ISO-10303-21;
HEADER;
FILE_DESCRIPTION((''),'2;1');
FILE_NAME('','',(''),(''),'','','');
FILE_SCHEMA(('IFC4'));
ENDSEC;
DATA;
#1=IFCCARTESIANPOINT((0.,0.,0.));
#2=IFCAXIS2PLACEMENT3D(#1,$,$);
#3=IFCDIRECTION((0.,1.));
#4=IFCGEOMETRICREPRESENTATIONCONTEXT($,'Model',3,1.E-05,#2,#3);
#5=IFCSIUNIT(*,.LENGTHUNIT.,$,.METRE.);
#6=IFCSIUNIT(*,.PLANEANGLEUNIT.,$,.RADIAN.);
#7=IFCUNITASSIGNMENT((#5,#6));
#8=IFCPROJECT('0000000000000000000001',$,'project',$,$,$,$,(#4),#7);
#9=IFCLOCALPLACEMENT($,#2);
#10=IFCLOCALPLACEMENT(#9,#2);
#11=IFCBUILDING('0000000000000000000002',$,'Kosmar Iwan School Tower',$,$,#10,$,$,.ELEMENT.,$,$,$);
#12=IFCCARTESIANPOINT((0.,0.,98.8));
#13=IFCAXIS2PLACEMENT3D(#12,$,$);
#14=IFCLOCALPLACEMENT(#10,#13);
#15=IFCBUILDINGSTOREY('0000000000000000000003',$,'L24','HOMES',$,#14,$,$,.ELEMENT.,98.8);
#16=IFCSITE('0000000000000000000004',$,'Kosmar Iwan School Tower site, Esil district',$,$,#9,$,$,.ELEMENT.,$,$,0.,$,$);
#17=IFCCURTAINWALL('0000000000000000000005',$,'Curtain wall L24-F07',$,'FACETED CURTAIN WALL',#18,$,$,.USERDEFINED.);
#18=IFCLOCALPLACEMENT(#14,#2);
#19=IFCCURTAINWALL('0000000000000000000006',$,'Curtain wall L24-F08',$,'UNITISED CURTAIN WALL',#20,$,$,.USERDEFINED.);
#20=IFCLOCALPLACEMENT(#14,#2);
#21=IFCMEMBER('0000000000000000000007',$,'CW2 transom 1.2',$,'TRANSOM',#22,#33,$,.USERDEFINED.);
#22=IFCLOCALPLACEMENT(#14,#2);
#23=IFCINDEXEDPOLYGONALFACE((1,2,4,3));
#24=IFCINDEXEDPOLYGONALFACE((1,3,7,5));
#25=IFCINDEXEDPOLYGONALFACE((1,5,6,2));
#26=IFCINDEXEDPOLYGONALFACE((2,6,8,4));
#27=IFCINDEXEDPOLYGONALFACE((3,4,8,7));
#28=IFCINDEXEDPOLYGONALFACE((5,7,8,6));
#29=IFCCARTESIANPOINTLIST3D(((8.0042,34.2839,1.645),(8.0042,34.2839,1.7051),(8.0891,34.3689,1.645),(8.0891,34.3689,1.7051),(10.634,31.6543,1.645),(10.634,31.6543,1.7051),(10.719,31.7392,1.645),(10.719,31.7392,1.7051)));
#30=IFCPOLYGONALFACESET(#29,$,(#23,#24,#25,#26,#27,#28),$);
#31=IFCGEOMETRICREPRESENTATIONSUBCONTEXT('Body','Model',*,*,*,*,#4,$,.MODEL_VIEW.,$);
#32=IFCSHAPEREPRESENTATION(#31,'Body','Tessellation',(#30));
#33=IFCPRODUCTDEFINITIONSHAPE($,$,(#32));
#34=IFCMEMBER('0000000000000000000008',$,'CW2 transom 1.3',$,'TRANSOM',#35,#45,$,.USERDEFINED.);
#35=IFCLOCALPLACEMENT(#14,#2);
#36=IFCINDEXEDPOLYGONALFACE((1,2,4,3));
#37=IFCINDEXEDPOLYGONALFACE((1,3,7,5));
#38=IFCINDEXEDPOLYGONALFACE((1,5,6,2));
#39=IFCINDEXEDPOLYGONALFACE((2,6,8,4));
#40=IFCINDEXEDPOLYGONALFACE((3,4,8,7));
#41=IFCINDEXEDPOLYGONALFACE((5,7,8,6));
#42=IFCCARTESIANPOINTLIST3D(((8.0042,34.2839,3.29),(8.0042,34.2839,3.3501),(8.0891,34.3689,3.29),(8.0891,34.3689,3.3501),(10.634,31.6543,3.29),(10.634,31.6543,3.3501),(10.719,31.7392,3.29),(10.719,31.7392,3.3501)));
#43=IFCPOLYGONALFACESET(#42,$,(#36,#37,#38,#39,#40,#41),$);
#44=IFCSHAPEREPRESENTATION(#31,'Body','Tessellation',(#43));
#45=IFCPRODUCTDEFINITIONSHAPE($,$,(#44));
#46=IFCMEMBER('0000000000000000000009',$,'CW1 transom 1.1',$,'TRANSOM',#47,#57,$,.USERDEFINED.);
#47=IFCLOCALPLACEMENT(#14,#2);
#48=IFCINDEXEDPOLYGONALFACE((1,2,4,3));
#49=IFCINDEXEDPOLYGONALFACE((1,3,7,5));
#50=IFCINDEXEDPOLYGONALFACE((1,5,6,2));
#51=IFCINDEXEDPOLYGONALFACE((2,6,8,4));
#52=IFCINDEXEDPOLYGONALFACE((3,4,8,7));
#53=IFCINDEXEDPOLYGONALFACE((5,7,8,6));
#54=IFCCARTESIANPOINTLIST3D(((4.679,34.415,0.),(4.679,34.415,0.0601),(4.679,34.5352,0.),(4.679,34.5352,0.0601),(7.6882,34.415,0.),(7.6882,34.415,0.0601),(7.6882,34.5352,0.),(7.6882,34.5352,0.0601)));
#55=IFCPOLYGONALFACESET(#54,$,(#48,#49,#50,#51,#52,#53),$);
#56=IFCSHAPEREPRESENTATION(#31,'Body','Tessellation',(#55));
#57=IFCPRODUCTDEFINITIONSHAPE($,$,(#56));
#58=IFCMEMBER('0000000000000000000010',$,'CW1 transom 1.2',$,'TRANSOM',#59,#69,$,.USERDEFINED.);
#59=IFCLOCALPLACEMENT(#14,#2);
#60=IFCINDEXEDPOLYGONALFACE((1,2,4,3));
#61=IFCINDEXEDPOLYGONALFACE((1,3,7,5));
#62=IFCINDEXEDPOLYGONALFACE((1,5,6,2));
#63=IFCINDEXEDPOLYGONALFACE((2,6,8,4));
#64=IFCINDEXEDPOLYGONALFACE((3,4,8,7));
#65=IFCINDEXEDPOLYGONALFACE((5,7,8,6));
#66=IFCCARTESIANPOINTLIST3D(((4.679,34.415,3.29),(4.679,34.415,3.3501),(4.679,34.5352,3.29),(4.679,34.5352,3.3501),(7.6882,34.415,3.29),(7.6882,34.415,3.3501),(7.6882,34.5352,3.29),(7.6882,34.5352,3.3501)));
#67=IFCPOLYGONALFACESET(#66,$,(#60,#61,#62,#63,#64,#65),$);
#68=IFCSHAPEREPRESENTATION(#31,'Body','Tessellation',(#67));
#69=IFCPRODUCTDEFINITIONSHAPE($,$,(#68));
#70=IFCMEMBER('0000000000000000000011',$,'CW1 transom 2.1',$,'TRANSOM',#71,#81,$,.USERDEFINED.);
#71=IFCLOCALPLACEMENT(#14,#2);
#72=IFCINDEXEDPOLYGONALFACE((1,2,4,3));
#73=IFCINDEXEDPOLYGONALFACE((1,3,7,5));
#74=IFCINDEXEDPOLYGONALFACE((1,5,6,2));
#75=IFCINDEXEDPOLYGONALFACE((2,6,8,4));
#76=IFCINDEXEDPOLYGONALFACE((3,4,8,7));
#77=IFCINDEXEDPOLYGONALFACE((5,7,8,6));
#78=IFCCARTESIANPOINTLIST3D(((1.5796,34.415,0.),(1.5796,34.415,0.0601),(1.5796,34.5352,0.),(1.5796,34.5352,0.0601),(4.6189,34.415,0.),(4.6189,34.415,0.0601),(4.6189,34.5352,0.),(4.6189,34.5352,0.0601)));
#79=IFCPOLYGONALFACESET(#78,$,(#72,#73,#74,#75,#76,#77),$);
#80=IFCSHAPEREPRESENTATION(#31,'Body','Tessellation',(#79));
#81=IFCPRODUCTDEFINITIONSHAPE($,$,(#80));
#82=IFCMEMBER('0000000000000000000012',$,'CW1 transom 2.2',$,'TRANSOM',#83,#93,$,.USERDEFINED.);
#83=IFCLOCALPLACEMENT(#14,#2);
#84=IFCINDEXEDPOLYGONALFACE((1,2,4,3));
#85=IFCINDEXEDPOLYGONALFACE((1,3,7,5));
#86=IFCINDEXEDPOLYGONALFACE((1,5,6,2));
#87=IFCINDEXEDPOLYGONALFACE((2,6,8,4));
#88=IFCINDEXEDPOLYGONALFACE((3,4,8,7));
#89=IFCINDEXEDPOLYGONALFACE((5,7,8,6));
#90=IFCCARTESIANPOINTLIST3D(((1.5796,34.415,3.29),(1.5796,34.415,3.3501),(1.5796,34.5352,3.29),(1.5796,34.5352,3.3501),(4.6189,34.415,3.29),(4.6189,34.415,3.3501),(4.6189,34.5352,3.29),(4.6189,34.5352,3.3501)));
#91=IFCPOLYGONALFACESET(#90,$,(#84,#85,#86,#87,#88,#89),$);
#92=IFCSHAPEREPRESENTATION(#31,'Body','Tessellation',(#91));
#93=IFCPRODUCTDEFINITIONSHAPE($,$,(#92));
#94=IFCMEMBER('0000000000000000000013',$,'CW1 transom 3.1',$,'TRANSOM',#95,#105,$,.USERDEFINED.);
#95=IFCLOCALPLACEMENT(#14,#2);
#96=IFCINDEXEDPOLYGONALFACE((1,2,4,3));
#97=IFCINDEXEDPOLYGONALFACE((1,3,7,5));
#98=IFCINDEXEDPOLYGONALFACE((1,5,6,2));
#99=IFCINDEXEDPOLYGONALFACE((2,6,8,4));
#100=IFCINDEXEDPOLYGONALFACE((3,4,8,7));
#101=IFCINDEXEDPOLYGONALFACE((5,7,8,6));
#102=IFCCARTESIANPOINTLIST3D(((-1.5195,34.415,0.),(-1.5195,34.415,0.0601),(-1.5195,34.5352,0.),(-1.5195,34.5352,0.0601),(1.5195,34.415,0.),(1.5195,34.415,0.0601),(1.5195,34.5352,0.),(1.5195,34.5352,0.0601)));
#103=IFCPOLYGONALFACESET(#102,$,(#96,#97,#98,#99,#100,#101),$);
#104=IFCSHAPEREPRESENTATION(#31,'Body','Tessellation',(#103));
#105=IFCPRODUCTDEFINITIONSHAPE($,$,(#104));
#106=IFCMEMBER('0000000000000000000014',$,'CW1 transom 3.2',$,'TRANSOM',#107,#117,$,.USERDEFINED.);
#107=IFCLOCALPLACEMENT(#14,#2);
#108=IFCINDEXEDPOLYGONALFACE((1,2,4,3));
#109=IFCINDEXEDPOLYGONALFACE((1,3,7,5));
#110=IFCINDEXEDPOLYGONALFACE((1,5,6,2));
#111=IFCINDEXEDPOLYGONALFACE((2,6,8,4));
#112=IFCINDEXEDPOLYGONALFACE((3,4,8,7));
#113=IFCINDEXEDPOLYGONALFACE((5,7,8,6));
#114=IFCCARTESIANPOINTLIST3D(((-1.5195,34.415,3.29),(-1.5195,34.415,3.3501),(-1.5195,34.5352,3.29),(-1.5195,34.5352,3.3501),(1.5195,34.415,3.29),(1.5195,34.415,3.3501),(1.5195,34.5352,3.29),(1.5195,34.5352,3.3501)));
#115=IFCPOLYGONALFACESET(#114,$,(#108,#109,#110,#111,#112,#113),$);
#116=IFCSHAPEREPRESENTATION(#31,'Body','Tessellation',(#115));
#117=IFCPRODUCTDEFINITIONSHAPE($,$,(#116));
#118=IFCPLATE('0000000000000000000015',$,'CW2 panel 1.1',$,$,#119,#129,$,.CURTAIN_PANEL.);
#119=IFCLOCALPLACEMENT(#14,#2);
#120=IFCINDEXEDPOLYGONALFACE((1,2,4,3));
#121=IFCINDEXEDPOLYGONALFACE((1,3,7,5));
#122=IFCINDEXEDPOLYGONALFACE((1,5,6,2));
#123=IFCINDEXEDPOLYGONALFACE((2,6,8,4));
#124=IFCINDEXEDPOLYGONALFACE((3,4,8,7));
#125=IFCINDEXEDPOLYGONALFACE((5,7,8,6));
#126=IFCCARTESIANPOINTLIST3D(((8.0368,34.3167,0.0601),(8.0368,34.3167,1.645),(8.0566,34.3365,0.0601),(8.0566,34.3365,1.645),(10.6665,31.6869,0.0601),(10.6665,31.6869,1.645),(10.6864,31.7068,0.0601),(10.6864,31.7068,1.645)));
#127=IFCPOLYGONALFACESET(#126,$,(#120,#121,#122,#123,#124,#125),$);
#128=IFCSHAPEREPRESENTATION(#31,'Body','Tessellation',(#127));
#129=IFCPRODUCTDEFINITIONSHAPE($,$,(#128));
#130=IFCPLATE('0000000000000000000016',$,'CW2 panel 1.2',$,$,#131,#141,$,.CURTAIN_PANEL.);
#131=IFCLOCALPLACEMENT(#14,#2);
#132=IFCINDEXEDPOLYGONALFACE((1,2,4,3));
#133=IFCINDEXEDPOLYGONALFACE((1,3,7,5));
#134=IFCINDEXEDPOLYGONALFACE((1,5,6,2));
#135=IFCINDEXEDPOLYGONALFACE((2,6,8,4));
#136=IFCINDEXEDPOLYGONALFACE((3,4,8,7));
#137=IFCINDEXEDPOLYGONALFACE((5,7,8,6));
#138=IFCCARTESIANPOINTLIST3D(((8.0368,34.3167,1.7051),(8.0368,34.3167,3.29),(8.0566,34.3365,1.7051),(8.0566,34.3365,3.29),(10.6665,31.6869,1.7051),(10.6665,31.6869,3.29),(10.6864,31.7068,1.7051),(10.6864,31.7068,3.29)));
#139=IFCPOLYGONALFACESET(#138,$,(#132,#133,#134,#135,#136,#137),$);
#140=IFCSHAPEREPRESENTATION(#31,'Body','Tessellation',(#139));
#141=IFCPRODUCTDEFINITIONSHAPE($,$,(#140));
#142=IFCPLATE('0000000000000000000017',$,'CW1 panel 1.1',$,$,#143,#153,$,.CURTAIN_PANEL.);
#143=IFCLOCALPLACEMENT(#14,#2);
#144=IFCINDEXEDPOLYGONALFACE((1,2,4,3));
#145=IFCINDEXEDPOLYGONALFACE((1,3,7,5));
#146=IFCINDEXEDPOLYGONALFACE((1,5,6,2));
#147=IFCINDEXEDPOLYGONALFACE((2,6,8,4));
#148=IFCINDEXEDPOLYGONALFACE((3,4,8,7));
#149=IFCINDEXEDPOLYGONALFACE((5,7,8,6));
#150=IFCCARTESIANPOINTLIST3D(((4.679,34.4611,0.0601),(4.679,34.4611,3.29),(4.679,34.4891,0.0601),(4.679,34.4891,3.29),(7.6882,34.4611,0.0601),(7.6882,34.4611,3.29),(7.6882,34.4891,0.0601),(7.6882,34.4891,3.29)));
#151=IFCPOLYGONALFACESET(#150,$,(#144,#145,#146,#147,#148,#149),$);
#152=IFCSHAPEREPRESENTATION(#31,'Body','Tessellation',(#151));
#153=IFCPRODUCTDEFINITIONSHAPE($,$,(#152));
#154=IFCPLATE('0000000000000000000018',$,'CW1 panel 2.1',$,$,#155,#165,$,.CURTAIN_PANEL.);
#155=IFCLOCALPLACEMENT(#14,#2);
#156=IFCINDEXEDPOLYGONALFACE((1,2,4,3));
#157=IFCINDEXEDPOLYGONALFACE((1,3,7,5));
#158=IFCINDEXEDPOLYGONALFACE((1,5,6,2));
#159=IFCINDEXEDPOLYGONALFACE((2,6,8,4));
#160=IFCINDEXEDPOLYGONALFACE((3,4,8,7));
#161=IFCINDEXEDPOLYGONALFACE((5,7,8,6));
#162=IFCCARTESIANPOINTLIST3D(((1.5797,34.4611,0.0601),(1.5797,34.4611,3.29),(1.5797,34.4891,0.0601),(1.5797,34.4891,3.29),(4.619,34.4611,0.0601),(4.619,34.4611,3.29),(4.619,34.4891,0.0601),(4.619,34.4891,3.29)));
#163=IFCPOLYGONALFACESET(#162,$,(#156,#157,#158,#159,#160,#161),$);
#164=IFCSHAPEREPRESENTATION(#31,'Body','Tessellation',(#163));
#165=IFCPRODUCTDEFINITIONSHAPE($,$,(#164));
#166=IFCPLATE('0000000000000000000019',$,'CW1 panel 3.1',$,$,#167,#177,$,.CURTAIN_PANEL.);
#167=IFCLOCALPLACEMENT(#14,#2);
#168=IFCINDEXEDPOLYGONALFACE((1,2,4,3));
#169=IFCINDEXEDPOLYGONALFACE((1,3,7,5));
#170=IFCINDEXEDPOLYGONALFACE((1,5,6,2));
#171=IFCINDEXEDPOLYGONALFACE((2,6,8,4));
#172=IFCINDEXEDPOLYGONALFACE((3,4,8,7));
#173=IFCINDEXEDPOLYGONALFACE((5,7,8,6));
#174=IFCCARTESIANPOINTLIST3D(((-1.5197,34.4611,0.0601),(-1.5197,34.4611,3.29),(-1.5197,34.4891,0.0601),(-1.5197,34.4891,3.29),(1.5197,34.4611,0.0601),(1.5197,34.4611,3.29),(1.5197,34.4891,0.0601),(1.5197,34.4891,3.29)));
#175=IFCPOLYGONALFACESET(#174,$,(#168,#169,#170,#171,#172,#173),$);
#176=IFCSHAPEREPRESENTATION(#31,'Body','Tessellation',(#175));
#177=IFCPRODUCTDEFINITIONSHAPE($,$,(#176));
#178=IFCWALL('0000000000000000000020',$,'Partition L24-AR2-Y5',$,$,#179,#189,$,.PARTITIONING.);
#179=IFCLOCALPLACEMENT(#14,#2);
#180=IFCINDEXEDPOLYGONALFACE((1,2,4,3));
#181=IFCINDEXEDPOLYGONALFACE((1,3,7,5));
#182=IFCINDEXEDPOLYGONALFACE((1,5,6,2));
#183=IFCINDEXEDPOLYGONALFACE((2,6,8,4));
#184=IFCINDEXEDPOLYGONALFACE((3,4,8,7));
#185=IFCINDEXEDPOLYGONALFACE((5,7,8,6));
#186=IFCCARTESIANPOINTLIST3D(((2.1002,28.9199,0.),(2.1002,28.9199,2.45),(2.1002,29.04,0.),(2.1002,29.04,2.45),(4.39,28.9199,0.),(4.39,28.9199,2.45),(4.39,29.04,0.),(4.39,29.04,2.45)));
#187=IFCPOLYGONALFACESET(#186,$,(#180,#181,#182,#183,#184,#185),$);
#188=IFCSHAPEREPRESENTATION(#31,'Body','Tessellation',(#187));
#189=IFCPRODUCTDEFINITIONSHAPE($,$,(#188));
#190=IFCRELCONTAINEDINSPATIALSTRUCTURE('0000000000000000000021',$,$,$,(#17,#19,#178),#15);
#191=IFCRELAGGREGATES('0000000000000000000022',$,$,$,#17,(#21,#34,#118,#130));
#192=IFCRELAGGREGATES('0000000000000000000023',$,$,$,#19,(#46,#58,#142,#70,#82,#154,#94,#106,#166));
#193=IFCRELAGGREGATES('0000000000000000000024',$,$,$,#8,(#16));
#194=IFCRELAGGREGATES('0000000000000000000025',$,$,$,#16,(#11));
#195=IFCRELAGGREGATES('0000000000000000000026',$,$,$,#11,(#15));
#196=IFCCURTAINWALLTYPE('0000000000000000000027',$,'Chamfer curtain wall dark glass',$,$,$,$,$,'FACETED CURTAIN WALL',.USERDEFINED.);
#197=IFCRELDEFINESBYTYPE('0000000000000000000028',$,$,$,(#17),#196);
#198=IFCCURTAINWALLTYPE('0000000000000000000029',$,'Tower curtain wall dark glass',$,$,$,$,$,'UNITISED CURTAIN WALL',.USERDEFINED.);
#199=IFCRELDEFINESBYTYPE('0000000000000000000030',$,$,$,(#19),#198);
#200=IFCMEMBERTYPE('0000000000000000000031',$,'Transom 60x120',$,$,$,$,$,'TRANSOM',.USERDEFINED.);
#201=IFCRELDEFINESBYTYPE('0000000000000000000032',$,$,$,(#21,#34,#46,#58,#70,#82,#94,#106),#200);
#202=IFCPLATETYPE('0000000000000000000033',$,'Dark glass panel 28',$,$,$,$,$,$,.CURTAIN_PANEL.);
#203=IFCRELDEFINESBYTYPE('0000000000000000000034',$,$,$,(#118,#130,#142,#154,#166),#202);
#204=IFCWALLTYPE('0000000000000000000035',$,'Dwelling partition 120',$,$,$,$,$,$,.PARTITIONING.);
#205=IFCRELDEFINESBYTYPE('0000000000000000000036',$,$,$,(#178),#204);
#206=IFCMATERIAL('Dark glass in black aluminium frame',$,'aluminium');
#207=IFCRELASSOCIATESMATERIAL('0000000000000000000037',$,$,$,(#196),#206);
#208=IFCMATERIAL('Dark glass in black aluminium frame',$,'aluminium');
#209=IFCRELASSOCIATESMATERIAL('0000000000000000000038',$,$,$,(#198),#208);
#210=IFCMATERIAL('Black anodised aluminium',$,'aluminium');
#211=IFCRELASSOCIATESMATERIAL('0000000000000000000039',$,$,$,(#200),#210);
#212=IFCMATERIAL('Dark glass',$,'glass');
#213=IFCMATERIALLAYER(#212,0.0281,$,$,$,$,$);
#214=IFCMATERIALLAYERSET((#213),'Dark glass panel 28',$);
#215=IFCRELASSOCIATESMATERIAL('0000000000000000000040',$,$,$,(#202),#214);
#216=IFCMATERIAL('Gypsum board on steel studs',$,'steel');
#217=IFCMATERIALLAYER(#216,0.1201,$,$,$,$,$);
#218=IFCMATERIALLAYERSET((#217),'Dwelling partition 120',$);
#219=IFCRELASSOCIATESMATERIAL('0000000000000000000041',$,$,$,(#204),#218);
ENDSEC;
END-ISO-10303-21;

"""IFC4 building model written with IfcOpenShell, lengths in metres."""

from ifc_helpers import new_model, si_unit, direction, frame, frame_2d, origin, origin_2d, place, context, subcontext, project, spatial, rectangle, extrude, material, layer, layer_set, material_profile, profile_set, type_object, element, aggregate, save


model = new_model("IFC4")

# Units and contexts
model_context = context("Model", 3, precision=1e-05, world=origin(), true_north=direction((0.0, 1.0)))
body_context = subcontext(model_context, "Body", "Model", "MODEL_VIEW")
ifc_project = project(units=[si_unit("LENGTHUNIT", "METRE"), si_unit("PLANEANGLEUNIT", "RADIAN")], contexts=[model_context])

# Site, building, storey
site_placement = place(None, origin())
site = spatial("IfcSite", under=ifc_project, at=site_placement, Name="Kosmar Iwan School Tower site, Esil district", CompositionType="ELEMENT", RefElevation=0.0)
building_placement = place(site_placement, origin())
building = spatial("IfcBuilding", under=site, at=building_placement, Name="Kosmar Iwan School Tower", CompositionType="ELEMENT")
storey_placement = place(building_placement, frame((0.0, 0.0, 98.8)))
storey = spatial("IfcBuildingStorey", under=building, at=storey_placement, Name="L24", Description="HOMES", CompositionType="ELEMENT", Elevation=98.8)

# Curtain walls
ifc_material_1 = material(Name="Dark glass in black aluminium frame", Category="aluminium")
curtain_wall_type_1 = type_object("IfcCurtainWallType", Name="Chamfer curtain wall dark glass", ElementType="FACETED CURTAIN WALL", PredefinedType="USERDEFINED", material=ifc_material_1)
curtain_wall_1_placement = place(storey_placement, origin())
curtain_wall_1 = element("IfcCurtainWall", 1, at=curtain_wall_1_placement, inside=storey, type_object=curtain_wall_type_1, Name="Curtain wall L24-F07", ObjectType="FACETED CURTAIN WALL", PredefinedType="USERDEFINED")
ifc_material_2 = material(Name="Dark glass in black aluminium frame", Category="aluminium")
curtain_wall_type_2 = type_object("IfcCurtainWallType", Name="Tower curtain wall dark glass", ElementType="UNITISED CURTAIN WALL", PredefinedType="USERDEFINED", material=ifc_material_2)
curtain_wall_2_placement = place(storey_placement, origin())
curtain_wall_2 = element("IfcCurtainWall", 2, at=curtain_wall_2_placement, inside=storey, type_object=curtain_wall_type_2, Name="Curtain wall L24-F08", ObjectType="UNITISED CURTAIN WALL", PredefinedType="USERDEFINED")

# Members
ifc_material_3 = material(Name="Black anodised aluminium", Category="aluminium")
ifc_material_profile_1 = material_profile(ifc_material_3, rectangle(XDim=0.1201, YDim=0.0601, at=origin_2d()), Name="TRANSOM 60x120")
ifc_profile_set_1 = profile_set([ifc_material_profile_1], Name="Black anodised aluminium")
member_type_1 = type_object("IfcMemberType", Name="Transom 60x120", ElementType="TRANSOM", PredefinedType="USERDEFINED", material=ifc_profile_set_1)
member_1_placement = place(storey_placement, frame((10.6765, 31.6968, 1.675), z_axis=(-0.70714, 0.707074, 0.0), x_axis=(-0.707074, -0.70714, 0.0)))
member_1 = element("IfcMember", 3, at=member_1_placement, type_object=member_type_1, Name="CW2 transom 1.2", ObjectType="TRANSOM", PredefinedType="USERDEFINED", context=body_context, shape_type="SweptSolid", body=[
    extrude(rectangle(XDim=0.1201, YDim=0.0601, at=origin_2d()), origin(), (0.0, 0.0, 1.0), 3.719),
])
member_2_placement = place(storey_placement, frame((10.6765, 31.6968, 3.3201), z_axis=(-0.70714, 0.707074, 0.0), x_axis=(-0.707074, -0.70714, 0.0)))
member_2 = element("IfcMember", 4, at=member_2_placement, type_object=member_type_1, Name="CW2 transom 1.3", ObjectType="TRANSOM", PredefinedType="USERDEFINED", context=body_context, shape_type="SweptSolid", body=[
    extrude(rectangle(XDim=0.1201, YDim=0.0601, at=origin_2d()), origin(), (0.0, 0.0, 1.0), 3.719),
])
member_3_placement = place(storey_placement, frame((7.6882, 34.4751, 0.03), z_axis=(-1.0, 0.0, 0.0), x_axis=(0.0, -1.0, 0.0)))
member_3 = element("IfcMember", 5, at=member_3_placement, type_object=member_type_1, Name="CW1 transom 1.1", ObjectType="TRANSOM", PredefinedType="USERDEFINED", context=body_context, shape_type="SweptSolid", body=[
    extrude(rectangle(XDim=0.1201, YDim=0.0601, at=origin_2d()), origin(), (0.0, 0.0, 1.0), 3.0093),
])
member_4_placement = place(storey_placement, frame((7.6882, 34.4751, 3.3201), z_axis=(-1.0, 0.0, 0.0), x_axis=(0.0, -1.0, 0.0)))
member_4 = element("IfcMember", 6, at=member_4_placement, type_object=member_type_1, Name="CW1 transom 1.2", ObjectType="TRANSOM", PredefinedType="USERDEFINED", context=body_context, shape_type="SweptSolid", body=[
    extrude(rectangle(XDim=0.1201, YDim=0.0601, at=origin_2d()), origin(), (0.0, 0.0, 1.0), 3.0093),
])
member_5_placement = place(storey_placement, frame((4.6189, 34.4751, 0.03), z_axis=(-1.0, 0.0, 0.0), x_axis=(0.0, -1.0, 0.0)))
member_5 = element("IfcMember", 7, at=member_5_placement, type_object=member_type_1, Name="CW1 transom 2.1", ObjectType="TRANSOM", PredefinedType="USERDEFINED", context=body_context, shape_type="SweptSolid", body=[
    extrude(rectangle(XDim=0.1201, YDim=0.0601, at=origin_2d()), origin(), (0.0, 0.0, 1.0), 3.0393),
])
member_6_placement = place(storey_placement, frame((4.6189, 34.4751, 3.3201), z_axis=(-1.0, 0.0, 0.0), x_axis=(0.0, -1.0, 0.0)))
member_6 = element("IfcMember", 8, at=member_6_placement, type_object=member_type_1, Name="CW1 transom 2.2", ObjectType="TRANSOM", PredefinedType="USERDEFINED", context=body_context, shape_type="SweptSolid", body=[
    extrude(rectangle(XDim=0.1201, YDim=0.0601, at=origin_2d()), origin(), (0.0, 0.0, 1.0), 3.0393),
])
member_7_placement = place(storey_placement, frame((1.5195, 34.4751, 0.03), z_axis=(-1.0, 0.0, 0.0), x_axis=(0.0, -1.0, 0.0)))
member_7 = element("IfcMember", 9, at=member_7_placement, type_object=member_type_1, Name="CW1 transom 3.1", ObjectType="TRANSOM", PredefinedType="USERDEFINED", context=body_context, shape_type="SweptSolid", body=[
    extrude(rectangle(XDim=0.1201, YDim=0.0601, at=origin_2d()), origin(), (0.0, 0.0, 1.0), 3.0391),
])
member_8_placement = place(storey_placement, frame((1.5195, 34.4751, 3.3201), z_axis=(-1.0, 0.0, 0.0), x_axis=(0.0, -1.0, 0.0)))
member_8 = element("IfcMember", 10, at=member_8_placement, type_object=member_type_1, Name="CW1 transom 3.2", ObjectType="TRANSOM", PredefinedType="USERDEFINED", context=body_context, shape_type="SweptSolid", body=[
    extrude(rectangle(XDim=0.1201, YDim=0.0601, at=origin_2d()), origin(), (0.0, 0.0, 1.0), 3.0391),
])

# Plates
ifc_material_4 = material(Name="Dark glass", Category="glass")
ifc_layer_1 = layer(ifc_material_4, 0.0281)
ifc_layer_set_1 = layer_set([ifc_layer_1], Name="Dark glass panel 28")
plate_type = type_object("IfcPlateType", Name="Dark glass panel 28", PredefinedType="CURTAIN_PANEL", material=ifc_layer_set_1)
plate_1_placement = place(storey_placement, frame((9.3616, 33.0117, 0.0601), z_axis=(0.0, 0.0, 1.0), x_axis=(-0.707107, 0.707107, 0.0)))
plate_1 = element("IfcPlate", 11, at=plate_1_placement, type_object=plate_type, Name="CW2 panel 1.1", PredefinedType="CURTAIN_PANEL", context=body_context, shape_type="SweptSolid", body=[
    extrude(rectangle(XDim=3.719, YDim=0.0281, at=origin_2d()), origin(), (0.0, 0.0, 1.0), 1.585),
])
plate_2_placement = place(storey_placement, frame((9.3616, 33.0117, 1.7051), z_axis=(0.0, 0.0, 1.0), x_axis=(-0.707107, 0.707107, 0.0)))
plate_2 = element("IfcPlate", 12, at=plate_2_placement, type_object=plate_type, Name="CW2 panel 1.2", PredefinedType="CURTAIN_PANEL", context=body_context, shape_type="SweptSolid", body=[
    extrude(rectangle(XDim=3.719, YDim=0.0281, at=origin_2d()), origin(), (0.0, 0.0, 1.0), 1.585),
])
aggregate(curtain_wall_1, [member_1, member_2, plate_1, plate_2])
plate_3_placement = place(storey_placement, frame((6.1836, 34.4751, 0.0601), z_axis=(0.0, 0.0, 1.0), x_axis=(-1.0, 0.0, 0.0)))
plate_3 = element("IfcPlate", 13, at=plate_3_placement, type_object=plate_type, Name="CW1 panel 1.1", PredefinedType="CURTAIN_PANEL", context=body_context, shape_type="SweptSolid", body=[
    extrude(rectangle(XDim=3.0093, YDim=0.0281, at=origin_2d()), origin(), (0.0, 0.0, 1.0), 3.23),
])
plate_4_placement = place(storey_placement, frame((3.0994, 34.4751, 0.0601), z_axis=(0.0, 0.0, 1.0), x_axis=(-1.0, 0.0, 0.0)))
plate_4 = element("IfcPlate", 14, at=plate_4_placement, type_object=plate_type, Name="CW1 panel 2.1", PredefinedType="CURTAIN_PANEL", context=body_context, shape_type="SweptSolid", body=[
    extrude(rectangle(XDim=3.0393, YDim=0.0281, at=origin_2d()), origin(), (0.0, 0.0, 1.0), 3.23),
])
plate_5_placement = place(storey_placement, frame((0.0, 34.4751, 0.0601), z_axis=(0.0, 0.0, 1.0), x_axis=(-1.0, 0.0, 0.0)))
plate_5 = element("IfcPlate", 15, at=plate_5_placement, type_object=plate_type, Name="CW1 panel 3.1", PredefinedType="CURTAIN_PANEL", context=body_context, shape_type="SweptSolid", body=[
    extrude(rectangle(XDim=3.0393, YDim=0.0281, at=origin_2d()), origin(), (0.0, 0.0, 1.0), 3.23),
])
aggregate(curtain_wall_2, [member_3, member_4, plate_3, member_5, member_6, plate_4, member_7, member_8, plate_5])

# Wall
ifc_material_5 = material(Name="Gypsum board on steel studs", Category="steel")
ifc_layer_2 = layer(ifc_material_5, 0.1201)
ifc_layer_set_2 = layer_set([ifc_layer_2], Name="Dwelling partition 120")
wall_type = type_object("IfcWallType", Name="Dwelling partition 120", PredefinedType="PARTITIONING", material=ifc_layer_set_2)
wall_placement = place(storey_placement, frame((2.1001, 28.98, 0.0), z_axis=(0.0, 0.0, 1.0), x_axis=(1.0, 0.0, 0.0)))
element("IfcWall", 16, at=wall_placement, inside=storey, type_object=wall_type, Name="Partition L24-AR2-Y5", PredefinedType="PARTITIONING", context=body_context, shape_type="SweptSolid", body=[
    extrude(rectangle(XDim=2.2898, YDim=0.1201, at=frame_2d((1.145, 0.0))), origin(), (0.0, 0.0, 1.0), 2.45),
])

save(model, "model.ifc")
